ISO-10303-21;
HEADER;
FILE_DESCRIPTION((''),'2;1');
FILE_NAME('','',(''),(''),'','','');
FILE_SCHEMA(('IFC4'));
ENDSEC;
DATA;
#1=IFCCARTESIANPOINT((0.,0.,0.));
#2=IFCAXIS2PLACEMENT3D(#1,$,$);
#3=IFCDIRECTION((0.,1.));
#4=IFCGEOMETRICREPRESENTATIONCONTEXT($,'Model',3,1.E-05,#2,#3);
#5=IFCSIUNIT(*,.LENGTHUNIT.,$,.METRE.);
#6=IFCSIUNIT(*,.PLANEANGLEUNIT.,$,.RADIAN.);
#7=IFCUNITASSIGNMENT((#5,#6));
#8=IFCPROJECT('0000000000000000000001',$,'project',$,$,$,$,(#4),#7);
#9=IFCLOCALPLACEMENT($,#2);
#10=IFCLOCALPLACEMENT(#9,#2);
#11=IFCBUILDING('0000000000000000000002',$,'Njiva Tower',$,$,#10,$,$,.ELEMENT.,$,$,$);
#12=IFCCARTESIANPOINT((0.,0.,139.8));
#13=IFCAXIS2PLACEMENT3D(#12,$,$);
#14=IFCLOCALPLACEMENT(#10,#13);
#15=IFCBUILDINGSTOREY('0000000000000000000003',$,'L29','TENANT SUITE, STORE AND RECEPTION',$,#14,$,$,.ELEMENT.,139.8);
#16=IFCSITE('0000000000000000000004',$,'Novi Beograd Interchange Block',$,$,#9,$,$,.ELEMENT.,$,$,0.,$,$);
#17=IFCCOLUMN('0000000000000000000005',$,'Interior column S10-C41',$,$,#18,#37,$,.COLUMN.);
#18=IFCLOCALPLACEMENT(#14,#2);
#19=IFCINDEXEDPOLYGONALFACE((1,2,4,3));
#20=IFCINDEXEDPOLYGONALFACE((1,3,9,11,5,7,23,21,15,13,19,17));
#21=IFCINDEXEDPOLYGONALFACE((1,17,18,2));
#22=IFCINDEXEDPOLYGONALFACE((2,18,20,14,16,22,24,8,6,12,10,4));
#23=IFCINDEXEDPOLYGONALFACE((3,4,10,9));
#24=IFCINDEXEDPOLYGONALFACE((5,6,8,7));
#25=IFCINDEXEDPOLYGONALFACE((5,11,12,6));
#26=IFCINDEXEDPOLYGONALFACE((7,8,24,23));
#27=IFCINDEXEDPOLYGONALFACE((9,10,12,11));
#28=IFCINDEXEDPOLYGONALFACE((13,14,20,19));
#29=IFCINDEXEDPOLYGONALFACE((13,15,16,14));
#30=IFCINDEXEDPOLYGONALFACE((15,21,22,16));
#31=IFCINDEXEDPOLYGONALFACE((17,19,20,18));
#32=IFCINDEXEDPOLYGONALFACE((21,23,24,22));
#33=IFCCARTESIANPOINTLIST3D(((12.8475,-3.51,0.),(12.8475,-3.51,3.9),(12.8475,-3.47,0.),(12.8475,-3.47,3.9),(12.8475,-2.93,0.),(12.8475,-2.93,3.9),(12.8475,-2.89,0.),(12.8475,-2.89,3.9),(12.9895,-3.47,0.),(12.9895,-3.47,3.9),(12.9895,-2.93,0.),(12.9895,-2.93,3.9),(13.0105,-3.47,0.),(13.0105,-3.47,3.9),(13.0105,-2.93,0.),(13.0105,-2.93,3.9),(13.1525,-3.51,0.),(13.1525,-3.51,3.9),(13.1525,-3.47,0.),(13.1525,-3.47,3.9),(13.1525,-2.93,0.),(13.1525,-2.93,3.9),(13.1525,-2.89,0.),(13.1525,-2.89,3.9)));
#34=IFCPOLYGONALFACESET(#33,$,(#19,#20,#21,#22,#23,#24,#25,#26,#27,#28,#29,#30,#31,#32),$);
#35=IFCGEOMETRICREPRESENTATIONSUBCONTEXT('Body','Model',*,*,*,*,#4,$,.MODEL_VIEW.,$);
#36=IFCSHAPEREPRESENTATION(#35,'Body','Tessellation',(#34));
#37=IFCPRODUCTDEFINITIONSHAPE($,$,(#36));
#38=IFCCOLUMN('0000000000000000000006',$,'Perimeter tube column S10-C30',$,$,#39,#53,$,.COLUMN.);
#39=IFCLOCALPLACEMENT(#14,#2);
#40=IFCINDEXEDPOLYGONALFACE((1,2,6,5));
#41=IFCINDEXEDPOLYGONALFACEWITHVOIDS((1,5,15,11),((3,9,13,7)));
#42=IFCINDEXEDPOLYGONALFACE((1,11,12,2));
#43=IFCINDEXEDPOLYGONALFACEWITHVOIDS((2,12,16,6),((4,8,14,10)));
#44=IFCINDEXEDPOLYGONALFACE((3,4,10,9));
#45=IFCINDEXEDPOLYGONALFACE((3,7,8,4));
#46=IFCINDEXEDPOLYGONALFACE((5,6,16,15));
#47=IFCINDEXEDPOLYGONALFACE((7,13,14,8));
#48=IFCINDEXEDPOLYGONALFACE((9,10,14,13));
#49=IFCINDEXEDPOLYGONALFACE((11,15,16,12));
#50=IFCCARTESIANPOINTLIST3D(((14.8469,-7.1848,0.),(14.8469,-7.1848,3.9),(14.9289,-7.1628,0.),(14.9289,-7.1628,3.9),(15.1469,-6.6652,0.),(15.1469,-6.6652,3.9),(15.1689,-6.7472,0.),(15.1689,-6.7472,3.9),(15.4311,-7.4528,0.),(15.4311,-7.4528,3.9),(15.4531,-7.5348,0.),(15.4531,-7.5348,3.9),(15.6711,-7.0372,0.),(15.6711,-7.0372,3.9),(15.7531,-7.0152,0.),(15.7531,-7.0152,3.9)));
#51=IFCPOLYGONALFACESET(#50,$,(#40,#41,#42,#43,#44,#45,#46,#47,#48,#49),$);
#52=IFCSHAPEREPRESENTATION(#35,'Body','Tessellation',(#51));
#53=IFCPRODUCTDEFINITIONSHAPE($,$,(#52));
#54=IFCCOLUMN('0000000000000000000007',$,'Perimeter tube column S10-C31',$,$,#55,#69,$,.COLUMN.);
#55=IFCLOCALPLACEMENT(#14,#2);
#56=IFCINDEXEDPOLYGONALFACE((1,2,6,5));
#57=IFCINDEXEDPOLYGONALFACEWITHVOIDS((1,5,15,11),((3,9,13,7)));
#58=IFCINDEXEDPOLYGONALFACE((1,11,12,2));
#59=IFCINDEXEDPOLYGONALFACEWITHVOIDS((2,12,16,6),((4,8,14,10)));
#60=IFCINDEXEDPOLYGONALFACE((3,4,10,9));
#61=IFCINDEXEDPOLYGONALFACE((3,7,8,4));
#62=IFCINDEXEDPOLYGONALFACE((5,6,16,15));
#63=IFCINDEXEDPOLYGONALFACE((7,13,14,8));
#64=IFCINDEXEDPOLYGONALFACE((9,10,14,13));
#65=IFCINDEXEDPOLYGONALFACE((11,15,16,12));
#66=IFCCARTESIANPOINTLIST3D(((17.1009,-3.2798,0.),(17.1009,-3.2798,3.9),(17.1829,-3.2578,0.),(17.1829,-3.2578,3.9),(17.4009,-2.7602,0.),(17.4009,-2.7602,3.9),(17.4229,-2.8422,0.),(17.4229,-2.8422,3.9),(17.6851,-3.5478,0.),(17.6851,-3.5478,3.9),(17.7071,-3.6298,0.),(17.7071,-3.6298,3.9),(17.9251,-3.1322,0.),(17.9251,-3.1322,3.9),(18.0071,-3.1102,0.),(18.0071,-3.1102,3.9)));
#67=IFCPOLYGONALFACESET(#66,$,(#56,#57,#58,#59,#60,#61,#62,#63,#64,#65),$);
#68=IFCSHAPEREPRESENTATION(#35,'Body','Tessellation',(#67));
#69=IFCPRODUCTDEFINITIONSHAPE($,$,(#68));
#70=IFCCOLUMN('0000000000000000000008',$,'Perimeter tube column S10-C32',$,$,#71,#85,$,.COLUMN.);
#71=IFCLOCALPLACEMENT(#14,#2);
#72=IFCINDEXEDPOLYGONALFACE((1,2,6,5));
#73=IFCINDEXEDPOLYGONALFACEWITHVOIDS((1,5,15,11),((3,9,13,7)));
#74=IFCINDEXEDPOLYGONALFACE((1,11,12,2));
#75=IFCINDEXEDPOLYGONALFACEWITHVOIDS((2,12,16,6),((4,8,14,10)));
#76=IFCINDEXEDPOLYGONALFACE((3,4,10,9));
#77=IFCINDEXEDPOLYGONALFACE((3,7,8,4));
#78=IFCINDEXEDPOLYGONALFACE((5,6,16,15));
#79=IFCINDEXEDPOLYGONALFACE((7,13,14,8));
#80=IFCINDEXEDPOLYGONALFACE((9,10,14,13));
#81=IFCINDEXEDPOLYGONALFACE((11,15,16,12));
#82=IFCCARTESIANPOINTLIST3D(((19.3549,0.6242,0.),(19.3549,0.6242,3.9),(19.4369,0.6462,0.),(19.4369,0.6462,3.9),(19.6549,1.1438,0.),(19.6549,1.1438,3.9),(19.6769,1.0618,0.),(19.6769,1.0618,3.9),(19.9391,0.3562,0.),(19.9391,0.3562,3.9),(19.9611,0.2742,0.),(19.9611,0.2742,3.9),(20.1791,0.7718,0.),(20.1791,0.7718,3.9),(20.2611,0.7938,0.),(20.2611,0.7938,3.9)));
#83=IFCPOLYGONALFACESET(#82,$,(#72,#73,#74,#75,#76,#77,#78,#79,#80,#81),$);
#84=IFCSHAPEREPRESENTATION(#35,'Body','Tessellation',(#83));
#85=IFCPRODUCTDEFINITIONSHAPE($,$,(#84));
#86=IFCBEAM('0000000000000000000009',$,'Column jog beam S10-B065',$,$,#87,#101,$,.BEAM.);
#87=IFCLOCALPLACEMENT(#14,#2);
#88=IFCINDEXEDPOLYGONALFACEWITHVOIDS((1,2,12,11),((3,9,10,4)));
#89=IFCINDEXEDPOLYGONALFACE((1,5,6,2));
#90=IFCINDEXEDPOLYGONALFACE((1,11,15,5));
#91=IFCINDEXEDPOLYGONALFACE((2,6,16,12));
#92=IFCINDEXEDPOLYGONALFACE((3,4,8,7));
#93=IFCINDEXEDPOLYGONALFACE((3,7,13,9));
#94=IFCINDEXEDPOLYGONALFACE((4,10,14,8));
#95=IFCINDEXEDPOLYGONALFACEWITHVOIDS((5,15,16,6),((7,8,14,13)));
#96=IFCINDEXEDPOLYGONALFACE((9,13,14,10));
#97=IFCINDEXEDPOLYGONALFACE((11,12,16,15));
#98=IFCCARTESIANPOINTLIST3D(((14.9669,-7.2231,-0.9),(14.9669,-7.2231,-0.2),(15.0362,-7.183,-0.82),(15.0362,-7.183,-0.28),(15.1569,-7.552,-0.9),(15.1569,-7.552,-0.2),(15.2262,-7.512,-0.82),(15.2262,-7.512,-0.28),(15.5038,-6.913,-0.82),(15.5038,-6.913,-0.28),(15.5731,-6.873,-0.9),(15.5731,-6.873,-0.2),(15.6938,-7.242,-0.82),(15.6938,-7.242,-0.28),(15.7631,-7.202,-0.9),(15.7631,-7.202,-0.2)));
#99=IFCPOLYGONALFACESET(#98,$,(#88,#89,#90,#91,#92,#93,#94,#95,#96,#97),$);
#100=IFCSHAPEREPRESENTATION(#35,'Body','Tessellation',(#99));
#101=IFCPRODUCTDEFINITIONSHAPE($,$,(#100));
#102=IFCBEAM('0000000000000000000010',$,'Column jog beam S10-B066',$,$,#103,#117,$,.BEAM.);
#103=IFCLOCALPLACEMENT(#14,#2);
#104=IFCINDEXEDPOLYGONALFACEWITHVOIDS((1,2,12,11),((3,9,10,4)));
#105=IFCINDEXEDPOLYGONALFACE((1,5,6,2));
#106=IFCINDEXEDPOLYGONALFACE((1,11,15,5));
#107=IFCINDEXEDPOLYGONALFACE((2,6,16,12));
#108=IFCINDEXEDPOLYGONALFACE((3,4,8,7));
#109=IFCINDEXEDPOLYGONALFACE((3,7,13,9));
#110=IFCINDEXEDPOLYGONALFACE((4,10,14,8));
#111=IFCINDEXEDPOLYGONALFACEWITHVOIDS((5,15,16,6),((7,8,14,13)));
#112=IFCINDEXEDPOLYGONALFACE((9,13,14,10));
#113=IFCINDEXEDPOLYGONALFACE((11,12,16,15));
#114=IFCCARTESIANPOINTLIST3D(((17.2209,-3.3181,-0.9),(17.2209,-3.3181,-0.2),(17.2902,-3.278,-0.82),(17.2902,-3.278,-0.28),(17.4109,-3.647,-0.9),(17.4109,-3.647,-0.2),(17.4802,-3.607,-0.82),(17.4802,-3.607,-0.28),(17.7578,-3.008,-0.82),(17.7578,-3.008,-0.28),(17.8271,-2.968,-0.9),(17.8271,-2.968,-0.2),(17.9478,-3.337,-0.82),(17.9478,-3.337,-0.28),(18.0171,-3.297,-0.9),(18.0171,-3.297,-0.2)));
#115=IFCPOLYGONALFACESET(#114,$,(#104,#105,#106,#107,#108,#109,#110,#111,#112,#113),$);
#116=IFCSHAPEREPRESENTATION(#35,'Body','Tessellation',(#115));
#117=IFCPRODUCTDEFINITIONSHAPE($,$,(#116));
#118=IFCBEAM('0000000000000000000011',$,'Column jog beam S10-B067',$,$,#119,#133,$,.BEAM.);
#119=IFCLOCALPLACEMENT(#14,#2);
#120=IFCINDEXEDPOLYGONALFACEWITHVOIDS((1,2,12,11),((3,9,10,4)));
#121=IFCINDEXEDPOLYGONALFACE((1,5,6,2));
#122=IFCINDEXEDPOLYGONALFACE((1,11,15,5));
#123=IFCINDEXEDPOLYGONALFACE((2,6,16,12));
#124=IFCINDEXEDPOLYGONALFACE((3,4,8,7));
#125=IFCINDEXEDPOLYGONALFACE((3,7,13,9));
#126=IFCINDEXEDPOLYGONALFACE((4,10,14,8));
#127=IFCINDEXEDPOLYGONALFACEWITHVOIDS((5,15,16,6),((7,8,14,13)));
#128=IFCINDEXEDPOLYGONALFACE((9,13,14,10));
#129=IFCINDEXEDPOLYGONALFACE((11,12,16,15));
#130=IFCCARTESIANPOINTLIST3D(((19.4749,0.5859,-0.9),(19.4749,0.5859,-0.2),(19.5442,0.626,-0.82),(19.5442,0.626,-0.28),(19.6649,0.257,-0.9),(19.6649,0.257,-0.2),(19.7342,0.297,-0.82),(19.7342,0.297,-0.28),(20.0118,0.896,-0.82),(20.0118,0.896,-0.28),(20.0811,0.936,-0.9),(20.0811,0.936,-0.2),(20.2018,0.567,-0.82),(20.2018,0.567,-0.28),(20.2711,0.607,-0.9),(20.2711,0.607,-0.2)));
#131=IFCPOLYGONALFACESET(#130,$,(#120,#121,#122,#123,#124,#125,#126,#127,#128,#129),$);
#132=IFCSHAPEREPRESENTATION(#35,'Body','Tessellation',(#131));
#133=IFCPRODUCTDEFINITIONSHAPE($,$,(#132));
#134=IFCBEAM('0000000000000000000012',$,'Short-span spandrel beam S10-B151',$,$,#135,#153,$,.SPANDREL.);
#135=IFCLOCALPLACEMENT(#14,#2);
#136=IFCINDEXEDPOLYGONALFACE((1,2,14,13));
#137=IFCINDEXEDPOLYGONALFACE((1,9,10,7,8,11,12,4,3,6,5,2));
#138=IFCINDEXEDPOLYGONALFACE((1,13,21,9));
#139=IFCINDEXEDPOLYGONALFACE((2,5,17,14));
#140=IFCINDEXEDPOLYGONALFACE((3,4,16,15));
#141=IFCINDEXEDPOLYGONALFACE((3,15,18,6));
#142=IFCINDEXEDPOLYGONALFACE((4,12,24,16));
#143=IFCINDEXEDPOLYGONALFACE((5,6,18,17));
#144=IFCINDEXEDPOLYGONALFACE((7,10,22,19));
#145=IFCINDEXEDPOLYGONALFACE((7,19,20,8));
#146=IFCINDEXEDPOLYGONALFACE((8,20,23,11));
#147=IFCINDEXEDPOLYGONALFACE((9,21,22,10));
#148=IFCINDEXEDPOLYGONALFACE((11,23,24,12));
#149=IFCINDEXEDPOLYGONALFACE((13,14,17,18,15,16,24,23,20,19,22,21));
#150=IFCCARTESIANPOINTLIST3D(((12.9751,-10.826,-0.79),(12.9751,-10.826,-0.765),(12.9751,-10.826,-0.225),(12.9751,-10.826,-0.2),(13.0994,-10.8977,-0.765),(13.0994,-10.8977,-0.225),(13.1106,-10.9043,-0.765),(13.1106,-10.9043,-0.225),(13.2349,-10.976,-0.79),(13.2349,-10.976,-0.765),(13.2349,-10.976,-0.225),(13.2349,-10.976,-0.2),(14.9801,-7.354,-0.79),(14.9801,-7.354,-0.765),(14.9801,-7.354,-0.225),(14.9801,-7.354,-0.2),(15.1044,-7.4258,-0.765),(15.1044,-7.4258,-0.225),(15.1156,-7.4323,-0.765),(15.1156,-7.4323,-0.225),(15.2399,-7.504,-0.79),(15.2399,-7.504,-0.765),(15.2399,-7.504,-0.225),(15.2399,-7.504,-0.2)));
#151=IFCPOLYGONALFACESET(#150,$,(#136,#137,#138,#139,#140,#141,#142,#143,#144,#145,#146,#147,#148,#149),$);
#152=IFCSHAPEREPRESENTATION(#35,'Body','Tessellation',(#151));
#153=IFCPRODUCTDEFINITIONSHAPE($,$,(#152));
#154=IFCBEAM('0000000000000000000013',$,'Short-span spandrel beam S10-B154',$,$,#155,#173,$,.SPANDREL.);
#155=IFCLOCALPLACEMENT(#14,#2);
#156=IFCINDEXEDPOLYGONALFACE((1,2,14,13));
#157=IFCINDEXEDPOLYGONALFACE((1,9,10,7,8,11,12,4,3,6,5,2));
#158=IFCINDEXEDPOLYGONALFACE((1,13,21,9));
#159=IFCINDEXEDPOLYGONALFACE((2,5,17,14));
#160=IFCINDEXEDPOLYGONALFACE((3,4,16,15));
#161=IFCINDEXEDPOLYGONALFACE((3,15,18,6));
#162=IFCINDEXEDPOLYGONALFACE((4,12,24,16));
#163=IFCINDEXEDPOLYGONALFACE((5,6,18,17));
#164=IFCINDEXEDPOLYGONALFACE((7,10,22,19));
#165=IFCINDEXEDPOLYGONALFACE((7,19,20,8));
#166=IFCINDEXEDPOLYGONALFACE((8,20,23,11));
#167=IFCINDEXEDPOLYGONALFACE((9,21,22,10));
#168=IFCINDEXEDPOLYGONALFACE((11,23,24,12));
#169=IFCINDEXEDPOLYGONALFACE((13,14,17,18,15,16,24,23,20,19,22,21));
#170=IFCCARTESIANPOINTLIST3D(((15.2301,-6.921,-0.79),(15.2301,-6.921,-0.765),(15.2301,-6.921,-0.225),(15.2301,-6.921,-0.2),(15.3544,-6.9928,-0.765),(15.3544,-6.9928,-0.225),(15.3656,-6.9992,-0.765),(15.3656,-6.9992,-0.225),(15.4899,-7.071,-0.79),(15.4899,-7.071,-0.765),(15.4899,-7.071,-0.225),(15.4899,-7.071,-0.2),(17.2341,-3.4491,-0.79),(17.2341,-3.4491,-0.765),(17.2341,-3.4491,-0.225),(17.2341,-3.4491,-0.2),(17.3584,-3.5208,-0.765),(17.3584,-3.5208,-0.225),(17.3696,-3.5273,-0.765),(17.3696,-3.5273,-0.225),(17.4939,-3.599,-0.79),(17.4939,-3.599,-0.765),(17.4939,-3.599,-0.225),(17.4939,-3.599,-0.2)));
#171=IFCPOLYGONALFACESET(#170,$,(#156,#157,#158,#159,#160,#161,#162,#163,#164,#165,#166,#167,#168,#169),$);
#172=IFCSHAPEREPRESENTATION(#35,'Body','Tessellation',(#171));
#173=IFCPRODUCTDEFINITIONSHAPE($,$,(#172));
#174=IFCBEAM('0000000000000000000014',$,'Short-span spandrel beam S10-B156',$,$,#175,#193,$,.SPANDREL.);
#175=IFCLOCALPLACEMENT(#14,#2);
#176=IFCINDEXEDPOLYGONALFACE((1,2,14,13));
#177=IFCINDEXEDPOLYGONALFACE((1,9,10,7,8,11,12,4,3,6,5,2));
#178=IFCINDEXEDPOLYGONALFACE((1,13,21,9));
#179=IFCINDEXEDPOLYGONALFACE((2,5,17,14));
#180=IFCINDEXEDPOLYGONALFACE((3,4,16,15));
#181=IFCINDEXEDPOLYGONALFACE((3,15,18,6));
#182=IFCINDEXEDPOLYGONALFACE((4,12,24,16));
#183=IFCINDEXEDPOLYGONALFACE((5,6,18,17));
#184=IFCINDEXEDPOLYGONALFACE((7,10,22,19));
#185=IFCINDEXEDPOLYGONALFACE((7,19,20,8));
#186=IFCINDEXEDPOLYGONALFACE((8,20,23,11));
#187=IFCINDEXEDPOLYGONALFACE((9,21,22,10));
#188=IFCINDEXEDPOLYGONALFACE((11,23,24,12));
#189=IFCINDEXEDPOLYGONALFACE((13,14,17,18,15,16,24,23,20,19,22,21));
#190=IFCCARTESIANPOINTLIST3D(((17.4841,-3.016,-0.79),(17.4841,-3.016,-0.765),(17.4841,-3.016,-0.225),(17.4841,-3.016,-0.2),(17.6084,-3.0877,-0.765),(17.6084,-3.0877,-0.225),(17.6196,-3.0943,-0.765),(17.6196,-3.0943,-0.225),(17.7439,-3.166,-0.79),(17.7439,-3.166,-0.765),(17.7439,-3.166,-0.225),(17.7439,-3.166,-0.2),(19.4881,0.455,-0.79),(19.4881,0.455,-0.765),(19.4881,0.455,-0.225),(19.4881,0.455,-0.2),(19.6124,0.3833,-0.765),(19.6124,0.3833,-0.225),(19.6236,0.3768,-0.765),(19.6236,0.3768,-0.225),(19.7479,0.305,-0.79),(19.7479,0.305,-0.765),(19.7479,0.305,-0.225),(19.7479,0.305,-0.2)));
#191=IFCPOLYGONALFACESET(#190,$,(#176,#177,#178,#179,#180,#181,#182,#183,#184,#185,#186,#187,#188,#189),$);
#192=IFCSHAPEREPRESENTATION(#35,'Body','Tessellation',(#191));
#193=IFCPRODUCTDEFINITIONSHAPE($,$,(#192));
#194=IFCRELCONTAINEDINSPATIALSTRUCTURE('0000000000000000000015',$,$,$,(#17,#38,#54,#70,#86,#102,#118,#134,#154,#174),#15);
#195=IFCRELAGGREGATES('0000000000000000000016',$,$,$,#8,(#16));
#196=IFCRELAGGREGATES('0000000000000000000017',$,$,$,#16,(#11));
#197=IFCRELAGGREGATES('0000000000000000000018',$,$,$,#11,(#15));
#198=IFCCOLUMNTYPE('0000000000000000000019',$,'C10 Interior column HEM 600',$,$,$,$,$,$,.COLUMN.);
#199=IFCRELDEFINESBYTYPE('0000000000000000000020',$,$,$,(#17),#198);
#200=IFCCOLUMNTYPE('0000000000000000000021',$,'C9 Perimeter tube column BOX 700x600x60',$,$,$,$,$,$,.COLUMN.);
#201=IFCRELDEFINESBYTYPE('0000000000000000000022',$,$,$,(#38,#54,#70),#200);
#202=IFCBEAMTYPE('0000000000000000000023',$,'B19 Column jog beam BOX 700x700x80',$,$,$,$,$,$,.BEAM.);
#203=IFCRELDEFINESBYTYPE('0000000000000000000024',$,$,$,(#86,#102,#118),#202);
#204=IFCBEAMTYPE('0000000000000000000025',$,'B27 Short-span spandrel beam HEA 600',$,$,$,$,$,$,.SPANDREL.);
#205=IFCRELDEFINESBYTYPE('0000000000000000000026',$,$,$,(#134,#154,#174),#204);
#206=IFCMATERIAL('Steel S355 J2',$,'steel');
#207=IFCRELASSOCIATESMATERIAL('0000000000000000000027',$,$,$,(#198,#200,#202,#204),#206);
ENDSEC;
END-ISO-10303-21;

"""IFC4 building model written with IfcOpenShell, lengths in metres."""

from ifc_helpers import new_model, si_unit, direction, frame, origin, origin_2d, place, context, subcontext, project, spatial, hollow_rectangle, i_section, extrude, material, material_profile, profile_set, type_object, element, save


model = new_model("IFC4")

# Units and contexts
model_context = context("Model", 3, precision=1e-05, world=origin(), true_north=direction((0.0, 1.0)))
body_context = subcontext(model_context, "Body", "Model", "MODEL_VIEW")
ifc_project = project(units=[si_unit("LENGTHUNIT", "METRE"), si_unit("PLANEANGLEUNIT", "RADIAN")], contexts=[model_context])

# Site, building, storey
site_placement = place(None, origin())
site = spatial("IfcSite", under=ifc_project, at=site_placement, Name="Novi Beograd Interchange Block", CompositionType="ELEMENT", RefElevation=0.0)
building_placement = place(site_placement, origin())
building = spatial("IfcBuilding", under=site, at=building_placement, Name="Njiva Tower", CompositionType="ELEMENT")
storey_placement = place(building_placement, frame((0.0, 0.0, 139.8)))
storey = spatial("IfcBuildingStorey", under=building, at=storey_placement, Name="L29", Description="TENANT SUITE, STORE AND RECEPTION", CompositionType="ELEMENT", Elevation=139.8)

# Columns
ifc_material_1 = material(Name="Steel S355 J2", Category="steel")
ifc_material_profile_1 = material_profile(ifc_material_1, i_section(OverallWidth=0.305, OverallDepth=0.62, WebThickness=0.021, FlangeThickness=0.04, at=origin_2d()), Name="HEM 600")
ifc_profile_set_1 = profile_set([ifc_material_profile_1], Name="Steel S355 J2")
column_type_1 = type_object("IfcColumnType", Name="C10 Interior column HEM 600", PredefinedType="COLUMN", material=ifc_profile_set_1)
column_placement = place(storey_placement, frame((13.0, -3.2, 0.0), z_axis=(0.0, 0.0, 1.0), x_axis=(1.0, 0.0, 0.0)))
element("IfcColumn", 1, at=column_placement, inside=storey, type_object=column_type_1, Name="Interior column S10-C41", PredefinedType="COLUMN", context=body_context, shape_type="SweptSolid", body=[
    extrude(i_section(OverallWidth=0.305, OverallDepth=0.62, WebThickness=0.021, FlangeThickness=0.04, at=origin_2d()), origin(), (0.0, 0.0, 1.0), 3.9),
])
ifc_material_profile_2 = material_profile(ifc_material_1, hollow_rectangle(XDim=0.6, YDim=0.7, WallThickness=0.06, at=origin_2d()), Name="BOX 700x600x60")
ifc_profile_set_2 = profile_set([ifc_material_profile_2], Name="Steel S355 J2")
column_type_2 = type_object("IfcColumnType", Name="C9 Perimeter tube column BOX 700x600x60", PredefinedType="COLUMN", material=ifc_profile_set_2)
for number, where, z_axis, x_axis, name in (
    (2, (15.3, -7.1, 0.0), (0.0, 0.0, 1.0), (0.5, 0.866025, 0.0), "Perimeter tube column S10-C30"),
    (3, (17.554, -3.195, 0.0), (0.0, 0.0, 1.0), (0.5, 0.866025, 0.0), "Perimeter tube column S10-C31"),
    (4, (19.808, 0.709, 0.0), (0.0, 0.0, 1.0), (0.5, 0.866025, 0.0), "Perimeter tube column S10-C32"),
):
    element("IfcColumn", number, at=place(storey_placement, frame(where, z_axis=z_axis, x_axis=x_axis)), inside=storey, type_object=column_type_2, Name=name, PredefinedType="COLUMN", context=body_context, shape_type="SweptSolid", body=[
        extrude(hollow_rectangle(XDim=0.6, YDim=0.7, WallThickness=0.06, at=origin_2d()), origin(), (0.0, 0.0, 1.0), 3.9),
    ])

# Beams
ifc_material_profile_3 = material_profile(ifc_material_1, hollow_rectangle(XDim=0.7, YDim=0.7, WallThickness=0.08, at=origin_2d()), Name="BOX 700x700x80")
ifc_profile_set_3 = profile_set([ifc_material_profile_3], Name="Steel S355 J2")
beam_type_1 = type_object("IfcBeamType", Name="B19 Column jog beam BOX 700x700x80", PredefinedType="BEAM", material=ifc_profile_set_3)
for number, where, z_axis, x_axis, name in (
    (5, (15.46, -7.377, -0.55), (-0.500102, 0.865966, 0.0), (-0.865966, -0.500102, 0.0), "Column jog beam S10-B065"),
    (6, (17.714, -3.472, -0.55), (-0.500102, 0.865966, 0.0), (-0.865966, -0.500102, 0.0), "Column jog beam S10-B066"),
    (7, (19.968, 0.432, -0.55), (-0.500102, 0.865966, 0.0), (-0.865966, -0.500102, 0.0), "Column jog beam S10-B067"),
):
    element("IfcBeam", number, at=place(storey_placement, frame(where, z_axis=z_axis, x_axis=x_axis)), inside=storey, type_object=beam_type_1, Name=name, PredefinedType="BEAM", context=body_context, shape_type="SweptSolid", body=[
        extrude(hollow_rectangle(XDim=0.7, YDim=0.7, WallThickness=0.08, at=origin_2d()), origin(), (0.0, 0.0, 1.0), 0.3799),
    ])
ifc_material_profile_4 = material_profile(ifc_material_1, i_section(OverallWidth=0.3, OverallDepth=0.59, WebThickness=0.013, FlangeThickness=0.025, at=origin_2d()), Name="HEA 600")
ifc_profile_set_4 = profile_set([ifc_material_profile_4], Name="Steel S355 J2")
beam_type_2 = type_object("IfcBeamType", Name="B27 Short-span spandrel beam HEA 600", PredefinedType="SPANDREL", material=ifc_profile_set_4)
beam_1_placement = place(storey_placement, frame((13.105, -10.901, -0.495), z_axis=(0.500082, 0.865978, 0.0), x_axis=(-0.865978, 0.500082, 0.0)))
element("IfcBeam", 8, at=beam_1_placement, inside=storey, type_object=beam_type_2, Name="Short-span spandrel beam S10-B151", PredefinedType="SPANDREL", context=body_context, shape_type="SweptSolid", body=[
    extrude(i_section(OverallWidth=0.3, OverallDepth=0.59, WebThickness=0.013, FlangeThickness=0.025, at=origin_2d()), origin(), (0.0, 0.0, 1.0), 4.0093),
])
beam_2_placement = place(storey_placement, frame((15.36, -6.996, -0.495), z_axis=(0.499895, 0.866086, 0.0), x_axis=(-0.866086, 0.499895, 0.0)))
element("IfcBeam", 9, at=beam_2_placement, inside=storey, type_object=beam_type_2, Name="Short-span spandrel beam S10-B154", PredefinedType="SPANDREL", context=body_context, shape_type="SweptSolid", body=[
    extrude(i_section(OverallWidth=0.3, OverallDepth=0.59, WebThickness=0.013, FlangeThickness=0.025, at=origin_2d()), origin(), (0.0, 0.0, 1.0), 4.0088),
])
beam_3_placement = place(storey_placement, frame((17.614, -3.091, -0.495), z_axis=(0.500003, 0.866024, 0.0), x_axis=(-0.866024, 0.500003, 0.0)))
element("IfcBeam", 10, at=beam_3_placement, inside=storey, type_object=beam_type_2, Name="Short-span spandrel beam S10-B156", PredefinedType="SPANDREL", context=body_context, shape_type="SweptSolid", body=[
    extrude(i_section(OverallWidth=0.3, OverallDepth=0.59, WebThickness=0.013, FlangeThickness=0.025, at=origin_2d()), origin(), (0.0, 0.0, 1.0), 4.008),
])

save(model, "model.ifc")
